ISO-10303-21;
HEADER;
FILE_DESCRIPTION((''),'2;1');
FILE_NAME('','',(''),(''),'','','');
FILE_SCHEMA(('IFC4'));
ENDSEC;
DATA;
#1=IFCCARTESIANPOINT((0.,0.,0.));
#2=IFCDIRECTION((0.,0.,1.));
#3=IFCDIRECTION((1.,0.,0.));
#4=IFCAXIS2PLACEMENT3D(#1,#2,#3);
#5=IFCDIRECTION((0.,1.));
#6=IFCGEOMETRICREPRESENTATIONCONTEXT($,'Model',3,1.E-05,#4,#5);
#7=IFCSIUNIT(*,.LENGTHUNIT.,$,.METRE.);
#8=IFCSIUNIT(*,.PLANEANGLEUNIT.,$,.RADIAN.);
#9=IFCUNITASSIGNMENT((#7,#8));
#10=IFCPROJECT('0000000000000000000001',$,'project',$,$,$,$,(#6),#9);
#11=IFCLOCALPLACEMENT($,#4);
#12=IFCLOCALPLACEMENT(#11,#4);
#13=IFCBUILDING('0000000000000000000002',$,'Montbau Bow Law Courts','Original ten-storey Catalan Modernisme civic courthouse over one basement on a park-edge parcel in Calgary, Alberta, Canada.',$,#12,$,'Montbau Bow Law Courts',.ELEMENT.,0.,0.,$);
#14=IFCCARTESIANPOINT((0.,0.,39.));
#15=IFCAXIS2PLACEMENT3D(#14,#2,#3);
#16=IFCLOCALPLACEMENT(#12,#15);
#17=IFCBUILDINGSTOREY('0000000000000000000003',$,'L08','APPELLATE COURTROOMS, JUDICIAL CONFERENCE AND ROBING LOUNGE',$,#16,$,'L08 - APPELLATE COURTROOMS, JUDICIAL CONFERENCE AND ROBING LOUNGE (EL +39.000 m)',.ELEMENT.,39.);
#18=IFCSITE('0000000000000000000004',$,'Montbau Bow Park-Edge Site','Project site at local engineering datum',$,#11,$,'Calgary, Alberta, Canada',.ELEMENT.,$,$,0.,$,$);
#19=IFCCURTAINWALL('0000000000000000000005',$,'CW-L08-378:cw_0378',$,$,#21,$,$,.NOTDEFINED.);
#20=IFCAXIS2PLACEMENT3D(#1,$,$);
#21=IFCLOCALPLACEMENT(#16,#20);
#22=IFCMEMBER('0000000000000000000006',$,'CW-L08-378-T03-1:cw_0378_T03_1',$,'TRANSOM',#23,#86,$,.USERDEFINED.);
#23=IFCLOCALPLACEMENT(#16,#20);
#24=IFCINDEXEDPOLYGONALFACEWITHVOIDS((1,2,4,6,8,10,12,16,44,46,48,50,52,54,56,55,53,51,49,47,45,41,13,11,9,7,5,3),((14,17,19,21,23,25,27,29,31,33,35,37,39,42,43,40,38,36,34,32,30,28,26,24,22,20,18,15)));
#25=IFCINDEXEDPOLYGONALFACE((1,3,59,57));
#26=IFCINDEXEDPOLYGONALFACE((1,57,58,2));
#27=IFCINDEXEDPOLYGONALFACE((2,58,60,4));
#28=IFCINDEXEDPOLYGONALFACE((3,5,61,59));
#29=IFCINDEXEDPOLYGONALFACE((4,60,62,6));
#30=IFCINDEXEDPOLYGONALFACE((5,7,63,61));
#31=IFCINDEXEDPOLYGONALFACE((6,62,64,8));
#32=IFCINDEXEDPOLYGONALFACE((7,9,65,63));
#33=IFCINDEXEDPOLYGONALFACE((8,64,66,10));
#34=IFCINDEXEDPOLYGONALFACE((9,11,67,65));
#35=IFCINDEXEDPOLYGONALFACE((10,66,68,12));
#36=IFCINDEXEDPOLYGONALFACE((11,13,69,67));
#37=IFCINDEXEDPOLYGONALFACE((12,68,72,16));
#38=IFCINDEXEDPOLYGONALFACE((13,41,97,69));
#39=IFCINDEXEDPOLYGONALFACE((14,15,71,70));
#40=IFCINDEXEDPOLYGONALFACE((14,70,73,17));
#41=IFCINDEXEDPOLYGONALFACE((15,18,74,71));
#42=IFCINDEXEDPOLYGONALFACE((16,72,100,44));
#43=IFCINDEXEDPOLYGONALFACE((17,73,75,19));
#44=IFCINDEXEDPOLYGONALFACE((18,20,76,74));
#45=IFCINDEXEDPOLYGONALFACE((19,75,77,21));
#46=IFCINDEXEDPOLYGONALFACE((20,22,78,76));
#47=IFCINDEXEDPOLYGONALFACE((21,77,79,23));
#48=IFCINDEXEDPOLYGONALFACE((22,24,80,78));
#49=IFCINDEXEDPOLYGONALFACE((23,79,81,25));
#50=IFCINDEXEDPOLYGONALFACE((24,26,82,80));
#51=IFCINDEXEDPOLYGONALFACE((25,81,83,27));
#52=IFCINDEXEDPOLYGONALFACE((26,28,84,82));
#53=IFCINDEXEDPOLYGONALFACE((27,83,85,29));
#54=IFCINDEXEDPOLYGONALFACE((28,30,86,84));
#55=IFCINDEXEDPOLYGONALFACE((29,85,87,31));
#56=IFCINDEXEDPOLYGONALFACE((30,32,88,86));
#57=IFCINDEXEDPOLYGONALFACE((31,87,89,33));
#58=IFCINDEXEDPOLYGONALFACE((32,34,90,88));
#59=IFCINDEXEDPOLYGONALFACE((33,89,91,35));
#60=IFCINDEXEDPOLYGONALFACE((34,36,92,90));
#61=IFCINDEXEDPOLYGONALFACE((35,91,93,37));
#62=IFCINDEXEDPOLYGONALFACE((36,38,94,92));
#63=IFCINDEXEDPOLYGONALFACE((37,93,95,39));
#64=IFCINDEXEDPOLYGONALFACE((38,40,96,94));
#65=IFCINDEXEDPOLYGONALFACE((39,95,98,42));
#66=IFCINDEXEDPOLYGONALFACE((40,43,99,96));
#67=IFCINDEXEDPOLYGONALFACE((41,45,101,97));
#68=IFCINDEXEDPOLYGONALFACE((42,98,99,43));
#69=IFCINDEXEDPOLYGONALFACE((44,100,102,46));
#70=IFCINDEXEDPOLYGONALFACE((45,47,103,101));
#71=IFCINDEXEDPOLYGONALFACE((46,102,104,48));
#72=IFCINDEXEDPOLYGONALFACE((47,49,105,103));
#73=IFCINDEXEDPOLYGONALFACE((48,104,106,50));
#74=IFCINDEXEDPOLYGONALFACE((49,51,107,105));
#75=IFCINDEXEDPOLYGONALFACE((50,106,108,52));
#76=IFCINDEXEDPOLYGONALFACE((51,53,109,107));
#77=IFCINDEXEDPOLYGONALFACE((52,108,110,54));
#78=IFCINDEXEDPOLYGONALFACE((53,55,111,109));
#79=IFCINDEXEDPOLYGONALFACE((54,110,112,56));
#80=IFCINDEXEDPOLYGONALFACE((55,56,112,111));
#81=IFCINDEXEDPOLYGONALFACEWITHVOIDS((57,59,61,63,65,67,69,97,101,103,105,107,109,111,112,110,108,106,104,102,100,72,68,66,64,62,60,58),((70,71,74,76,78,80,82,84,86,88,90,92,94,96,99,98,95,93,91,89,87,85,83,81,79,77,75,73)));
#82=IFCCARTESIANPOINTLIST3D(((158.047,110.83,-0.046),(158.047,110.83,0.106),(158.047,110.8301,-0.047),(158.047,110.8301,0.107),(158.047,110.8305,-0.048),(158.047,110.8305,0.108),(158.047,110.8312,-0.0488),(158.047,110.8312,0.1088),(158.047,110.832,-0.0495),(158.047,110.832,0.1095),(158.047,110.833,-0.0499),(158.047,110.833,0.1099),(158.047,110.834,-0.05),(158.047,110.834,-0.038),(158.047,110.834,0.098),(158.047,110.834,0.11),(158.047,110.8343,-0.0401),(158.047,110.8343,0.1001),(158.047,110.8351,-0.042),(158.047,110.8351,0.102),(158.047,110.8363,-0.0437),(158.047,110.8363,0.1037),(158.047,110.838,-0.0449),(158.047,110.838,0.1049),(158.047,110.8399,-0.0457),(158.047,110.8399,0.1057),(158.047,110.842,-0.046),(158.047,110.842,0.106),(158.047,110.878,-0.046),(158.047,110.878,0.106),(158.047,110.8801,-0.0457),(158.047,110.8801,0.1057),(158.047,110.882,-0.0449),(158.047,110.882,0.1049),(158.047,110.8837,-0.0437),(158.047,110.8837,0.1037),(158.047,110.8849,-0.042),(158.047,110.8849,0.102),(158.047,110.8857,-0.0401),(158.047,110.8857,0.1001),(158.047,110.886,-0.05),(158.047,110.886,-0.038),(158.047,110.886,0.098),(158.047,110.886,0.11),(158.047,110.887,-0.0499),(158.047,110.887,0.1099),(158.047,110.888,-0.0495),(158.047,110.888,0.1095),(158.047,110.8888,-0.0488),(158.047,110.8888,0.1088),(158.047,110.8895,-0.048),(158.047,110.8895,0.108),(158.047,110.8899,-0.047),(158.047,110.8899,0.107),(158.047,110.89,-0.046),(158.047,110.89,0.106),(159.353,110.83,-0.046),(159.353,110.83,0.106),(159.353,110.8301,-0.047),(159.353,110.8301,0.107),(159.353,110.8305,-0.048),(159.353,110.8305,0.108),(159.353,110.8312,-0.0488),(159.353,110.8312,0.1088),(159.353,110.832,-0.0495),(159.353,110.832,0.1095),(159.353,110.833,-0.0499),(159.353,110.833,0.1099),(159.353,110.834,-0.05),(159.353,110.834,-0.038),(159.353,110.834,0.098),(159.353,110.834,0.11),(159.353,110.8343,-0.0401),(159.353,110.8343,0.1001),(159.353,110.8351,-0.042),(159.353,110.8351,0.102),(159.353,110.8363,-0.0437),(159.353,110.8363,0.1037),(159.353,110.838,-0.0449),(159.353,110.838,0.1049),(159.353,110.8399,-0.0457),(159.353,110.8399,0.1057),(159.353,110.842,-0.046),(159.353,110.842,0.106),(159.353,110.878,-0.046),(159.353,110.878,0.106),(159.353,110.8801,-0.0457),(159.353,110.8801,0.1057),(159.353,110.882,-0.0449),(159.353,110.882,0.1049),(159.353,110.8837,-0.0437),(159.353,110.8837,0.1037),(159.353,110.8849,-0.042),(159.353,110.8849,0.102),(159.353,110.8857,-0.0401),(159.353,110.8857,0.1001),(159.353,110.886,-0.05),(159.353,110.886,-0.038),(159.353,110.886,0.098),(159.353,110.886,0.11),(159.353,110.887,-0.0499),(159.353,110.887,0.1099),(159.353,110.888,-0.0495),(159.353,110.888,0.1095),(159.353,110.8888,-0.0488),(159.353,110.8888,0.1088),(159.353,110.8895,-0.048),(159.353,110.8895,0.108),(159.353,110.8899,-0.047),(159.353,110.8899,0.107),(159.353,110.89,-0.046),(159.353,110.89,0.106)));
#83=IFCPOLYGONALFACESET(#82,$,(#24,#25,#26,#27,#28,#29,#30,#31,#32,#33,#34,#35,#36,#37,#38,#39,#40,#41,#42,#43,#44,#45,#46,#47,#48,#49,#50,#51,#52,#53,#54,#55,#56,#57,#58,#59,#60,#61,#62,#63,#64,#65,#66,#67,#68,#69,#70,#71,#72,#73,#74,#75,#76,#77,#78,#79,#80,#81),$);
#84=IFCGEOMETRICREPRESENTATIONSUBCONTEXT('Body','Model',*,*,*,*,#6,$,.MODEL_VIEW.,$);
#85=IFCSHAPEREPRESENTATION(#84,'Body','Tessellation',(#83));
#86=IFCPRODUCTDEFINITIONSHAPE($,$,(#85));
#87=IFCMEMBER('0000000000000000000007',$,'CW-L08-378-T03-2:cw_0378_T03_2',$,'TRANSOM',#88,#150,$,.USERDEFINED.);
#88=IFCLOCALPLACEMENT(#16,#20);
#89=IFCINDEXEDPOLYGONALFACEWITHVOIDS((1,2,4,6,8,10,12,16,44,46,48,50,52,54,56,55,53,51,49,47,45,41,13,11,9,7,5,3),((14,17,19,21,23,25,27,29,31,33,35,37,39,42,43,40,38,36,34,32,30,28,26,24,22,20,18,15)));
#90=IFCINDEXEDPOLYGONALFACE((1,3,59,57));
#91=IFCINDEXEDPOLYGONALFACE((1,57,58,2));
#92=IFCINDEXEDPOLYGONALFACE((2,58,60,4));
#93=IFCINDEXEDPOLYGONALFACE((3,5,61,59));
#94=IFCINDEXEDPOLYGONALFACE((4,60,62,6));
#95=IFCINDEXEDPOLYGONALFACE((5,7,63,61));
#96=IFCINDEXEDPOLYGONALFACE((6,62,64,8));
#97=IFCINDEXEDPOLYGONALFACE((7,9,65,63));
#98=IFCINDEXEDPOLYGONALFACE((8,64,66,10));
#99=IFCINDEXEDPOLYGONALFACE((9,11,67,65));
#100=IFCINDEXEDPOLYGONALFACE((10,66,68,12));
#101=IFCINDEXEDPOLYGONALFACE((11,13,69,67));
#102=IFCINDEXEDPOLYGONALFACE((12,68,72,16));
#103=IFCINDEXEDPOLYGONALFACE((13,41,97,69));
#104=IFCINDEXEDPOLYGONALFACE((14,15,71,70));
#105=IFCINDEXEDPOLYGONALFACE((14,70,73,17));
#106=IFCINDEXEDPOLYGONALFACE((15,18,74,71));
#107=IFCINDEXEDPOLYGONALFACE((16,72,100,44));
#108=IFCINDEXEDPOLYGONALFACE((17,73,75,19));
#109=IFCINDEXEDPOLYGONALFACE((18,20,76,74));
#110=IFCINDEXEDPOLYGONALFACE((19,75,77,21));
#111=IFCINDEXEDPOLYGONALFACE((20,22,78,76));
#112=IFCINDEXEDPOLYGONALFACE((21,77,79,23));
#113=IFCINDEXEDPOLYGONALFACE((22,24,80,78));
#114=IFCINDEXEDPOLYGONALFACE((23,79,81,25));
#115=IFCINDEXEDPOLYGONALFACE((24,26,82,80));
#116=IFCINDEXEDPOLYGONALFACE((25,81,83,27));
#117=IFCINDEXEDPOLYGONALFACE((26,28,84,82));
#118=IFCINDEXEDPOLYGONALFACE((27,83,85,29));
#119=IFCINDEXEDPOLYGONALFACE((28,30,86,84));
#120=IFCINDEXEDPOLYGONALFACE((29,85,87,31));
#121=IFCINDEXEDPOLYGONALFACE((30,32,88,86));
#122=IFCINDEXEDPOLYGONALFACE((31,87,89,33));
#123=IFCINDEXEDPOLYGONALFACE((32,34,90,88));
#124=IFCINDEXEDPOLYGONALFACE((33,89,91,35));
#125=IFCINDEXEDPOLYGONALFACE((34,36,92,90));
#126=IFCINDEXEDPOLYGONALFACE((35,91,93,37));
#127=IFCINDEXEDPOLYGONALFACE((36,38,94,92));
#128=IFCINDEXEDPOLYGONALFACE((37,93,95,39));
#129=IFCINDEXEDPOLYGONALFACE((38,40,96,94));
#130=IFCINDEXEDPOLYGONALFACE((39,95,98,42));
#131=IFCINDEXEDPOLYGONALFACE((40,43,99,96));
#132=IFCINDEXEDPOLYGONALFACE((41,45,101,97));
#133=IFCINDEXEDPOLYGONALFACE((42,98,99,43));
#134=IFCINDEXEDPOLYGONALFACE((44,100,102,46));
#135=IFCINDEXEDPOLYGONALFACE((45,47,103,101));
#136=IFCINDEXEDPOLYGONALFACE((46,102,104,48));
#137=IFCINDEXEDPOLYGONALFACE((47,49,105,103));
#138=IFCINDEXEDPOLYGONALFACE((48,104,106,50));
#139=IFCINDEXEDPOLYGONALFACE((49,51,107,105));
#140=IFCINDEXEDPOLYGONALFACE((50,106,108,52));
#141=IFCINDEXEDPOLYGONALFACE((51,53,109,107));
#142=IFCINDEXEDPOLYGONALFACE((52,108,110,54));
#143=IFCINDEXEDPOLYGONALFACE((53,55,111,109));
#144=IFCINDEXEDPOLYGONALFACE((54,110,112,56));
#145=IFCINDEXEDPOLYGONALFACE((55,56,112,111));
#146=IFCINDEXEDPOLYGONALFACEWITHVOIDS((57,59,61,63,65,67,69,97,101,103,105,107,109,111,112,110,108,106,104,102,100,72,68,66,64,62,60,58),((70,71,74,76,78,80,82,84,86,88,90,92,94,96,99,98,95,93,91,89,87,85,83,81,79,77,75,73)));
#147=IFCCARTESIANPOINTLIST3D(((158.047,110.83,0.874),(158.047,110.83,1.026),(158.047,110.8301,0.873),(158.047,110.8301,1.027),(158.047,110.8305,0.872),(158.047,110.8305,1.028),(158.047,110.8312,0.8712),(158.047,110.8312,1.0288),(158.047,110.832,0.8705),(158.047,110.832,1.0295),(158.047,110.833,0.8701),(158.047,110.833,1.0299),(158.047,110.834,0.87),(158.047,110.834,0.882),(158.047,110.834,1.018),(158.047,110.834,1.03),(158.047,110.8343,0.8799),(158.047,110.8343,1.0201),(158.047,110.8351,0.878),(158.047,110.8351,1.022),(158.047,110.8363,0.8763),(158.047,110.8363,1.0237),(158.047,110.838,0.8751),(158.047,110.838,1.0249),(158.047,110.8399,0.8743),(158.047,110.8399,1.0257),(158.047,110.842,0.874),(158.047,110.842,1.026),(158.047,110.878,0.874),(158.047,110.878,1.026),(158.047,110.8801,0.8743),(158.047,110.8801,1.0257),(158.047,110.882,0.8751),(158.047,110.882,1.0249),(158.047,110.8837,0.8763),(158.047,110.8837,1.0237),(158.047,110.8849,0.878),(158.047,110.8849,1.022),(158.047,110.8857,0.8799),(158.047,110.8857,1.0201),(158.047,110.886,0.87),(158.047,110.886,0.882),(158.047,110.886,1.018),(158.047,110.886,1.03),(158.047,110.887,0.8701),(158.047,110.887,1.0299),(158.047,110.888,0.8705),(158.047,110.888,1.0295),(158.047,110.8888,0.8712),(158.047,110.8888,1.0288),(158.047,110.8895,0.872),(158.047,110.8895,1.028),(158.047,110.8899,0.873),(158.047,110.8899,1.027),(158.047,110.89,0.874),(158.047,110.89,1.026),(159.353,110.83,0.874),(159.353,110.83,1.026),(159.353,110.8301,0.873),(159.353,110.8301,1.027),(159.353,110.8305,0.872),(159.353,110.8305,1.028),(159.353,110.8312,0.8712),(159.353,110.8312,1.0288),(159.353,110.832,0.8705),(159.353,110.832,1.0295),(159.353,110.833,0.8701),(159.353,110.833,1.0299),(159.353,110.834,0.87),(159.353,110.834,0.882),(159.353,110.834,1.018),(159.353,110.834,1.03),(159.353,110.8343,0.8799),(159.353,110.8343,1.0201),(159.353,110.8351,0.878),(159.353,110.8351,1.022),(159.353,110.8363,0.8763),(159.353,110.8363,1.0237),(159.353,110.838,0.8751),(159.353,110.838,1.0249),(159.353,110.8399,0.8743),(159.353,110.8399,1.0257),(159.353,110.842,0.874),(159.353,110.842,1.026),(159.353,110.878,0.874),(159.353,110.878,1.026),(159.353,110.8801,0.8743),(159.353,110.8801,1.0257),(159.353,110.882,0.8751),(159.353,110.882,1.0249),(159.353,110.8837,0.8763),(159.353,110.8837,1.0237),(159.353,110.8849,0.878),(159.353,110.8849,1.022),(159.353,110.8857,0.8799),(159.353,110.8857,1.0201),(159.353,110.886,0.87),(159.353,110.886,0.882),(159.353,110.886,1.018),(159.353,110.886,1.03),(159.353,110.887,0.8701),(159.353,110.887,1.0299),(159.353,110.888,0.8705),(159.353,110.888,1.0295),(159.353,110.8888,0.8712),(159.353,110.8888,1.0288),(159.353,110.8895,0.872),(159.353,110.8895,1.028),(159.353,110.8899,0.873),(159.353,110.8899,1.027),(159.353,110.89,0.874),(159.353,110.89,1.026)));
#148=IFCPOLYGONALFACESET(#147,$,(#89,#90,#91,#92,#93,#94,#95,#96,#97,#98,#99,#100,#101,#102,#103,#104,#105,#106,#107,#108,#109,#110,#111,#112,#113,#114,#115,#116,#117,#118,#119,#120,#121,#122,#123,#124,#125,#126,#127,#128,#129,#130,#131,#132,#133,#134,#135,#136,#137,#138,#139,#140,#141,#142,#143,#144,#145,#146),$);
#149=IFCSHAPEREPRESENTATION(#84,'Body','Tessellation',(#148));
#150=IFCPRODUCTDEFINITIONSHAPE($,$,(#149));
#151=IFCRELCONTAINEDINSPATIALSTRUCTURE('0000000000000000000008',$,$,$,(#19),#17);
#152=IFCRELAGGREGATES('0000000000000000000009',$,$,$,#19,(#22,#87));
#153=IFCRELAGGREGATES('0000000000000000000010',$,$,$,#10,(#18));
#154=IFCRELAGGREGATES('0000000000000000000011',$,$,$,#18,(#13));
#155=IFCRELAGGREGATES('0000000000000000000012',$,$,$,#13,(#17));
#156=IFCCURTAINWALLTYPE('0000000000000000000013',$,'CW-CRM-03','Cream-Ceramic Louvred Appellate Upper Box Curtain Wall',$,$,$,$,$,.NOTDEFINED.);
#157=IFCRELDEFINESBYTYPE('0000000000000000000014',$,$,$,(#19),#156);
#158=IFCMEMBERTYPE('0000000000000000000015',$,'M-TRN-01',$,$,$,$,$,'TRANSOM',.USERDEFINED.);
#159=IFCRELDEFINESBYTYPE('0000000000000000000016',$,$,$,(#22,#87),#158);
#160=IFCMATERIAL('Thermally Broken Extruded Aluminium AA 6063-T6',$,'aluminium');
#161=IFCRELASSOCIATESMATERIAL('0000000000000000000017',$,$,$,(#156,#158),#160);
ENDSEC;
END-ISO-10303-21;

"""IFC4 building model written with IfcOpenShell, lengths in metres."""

from ifc_helpers import new_model, si_unit, direction, frame, origin_with_axes, origin_2d_with_axis, place, context, subcontext, project, spatial, hollow_rectangle, extrude, material, material_profile, profile_set, type_object, element, aggregate, save


model = new_model("IFC4")

# Units and contexts
model_context = context("Model", 3, precision=1e-05, world=origin_with_axes(), true_north=direction((0.0, 1.0)))
body_context = subcontext(model_context, "Body", "Model", "MODEL_VIEW")
ifc_project = project(units=[si_unit("LENGTHUNIT", "METRE"), si_unit("PLANEANGLEUNIT", "RADIAN")], contexts=[model_context])

# Site, building, storey
site_placement = place(None, origin_with_axes())
site = spatial("IfcSite", under=ifc_project, at=site_placement, Name="Montbau Bow Park-Edge Site", Description="Project site at local engineering datum", LongName="Calgary, Alberta, Canada", CompositionType="ELEMENT", RefElevation=0.0)
building_placement = place(site_placement, origin_with_axes())
building = spatial("IfcBuilding", under=site, at=building_placement, Name="Montbau Bow Law Courts", Description="Original ten-storey Catalan Modernisme civic courthouse over one basement on a park-edge parcel in Calgary, Alberta, Canada.", LongName="Montbau Bow Law Courts", CompositionType="ELEMENT", ElevationOfRefHeight=0.0, ElevationOfTerrain=0.0)
storey_placement = place(building_placement, frame((0.0, 0.0, 39.0), z_axis=(0.0, 0.0, 1.0), x_axis=(1.0, 0.0, 0.0)))
storey = spatial("IfcBuildingStorey", under=building, at=storey_placement, Name="L08", Description="APPELLATE COURTROOMS, JUDICIAL CONFERENCE AND ROBING LOUNGE", LongName="L08 - APPELLATE COURTROOMS, JUDICIAL CONFERENCE AND ROBING LOUNGE (EL +39.000 m)", CompositionType="ELEMENT", Elevation=39.0)

# Curtain wall
ifc_material_1 = material(Name="Thermally Broken Extruded Aluminium AA 6063-T6", Category="aluminium")
curtain_wall_type = type_object("IfcCurtainWallType", Name="CW-CRM-03", Description="Cream-Ceramic Louvred Appellate Upper Box Curtain Wall", PredefinedType="NOTDEFINED", material=ifc_material_1)
curtain_wall_1_placement = place(None, frame((155.24, 110.86, 39.0), z_axis=(0.0, 0.0, 1.0), x_axis=(1.0, 0.0, 0.0)))
curtain_wall_1 = element("IfcCurtainWall", 1, at=curtain_wall_1_placement, inside=storey, type_object=curtain_wall_type, Name="CW-L08-378:cw_0378", PredefinedType="NOTDEFINED")

# Members
ifc_material_profile_1 = material_profile(ifc_material_1, hollow_rectangle(XDim=0.06, YDim=0.16, WallThickness=0.004, InnerFilletRadius=0.008, OuterFilletRadius=0.004, at=origin_2d_with_axis()), Name="CWT-160X60", Category="Main", Priority=0)
ifc_profile_set_1 = profile_set([ifc_material_profile_1], Name="Thermally Broken Extruded Aluminium AA 6063-T6")
member_type_1 = type_object("IfcMemberType", Name="M-TRN-01", ElementType="TRANSOM", PredefinedType="USERDEFINED", material=ifc_profile_set_1)
member_1_placement = place(None, frame((158.047, 110.86, 39.03), z_axis=(1.0, 0.0, 0.0), x_axis=(0.0, 1.0, 0.0)))
member_1 = element("IfcMember", 2, at=member_1_placement, type_object=member_type_1, Name="CW-L08-378-T03-1:cw_0378_T03_1", ObjectType="TRANSOM", PredefinedType="USERDEFINED", context=body_context, shape_type="SweptSolid", body=[
    extrude(hollow_rectangle(XDim=0.06, YDim=0.16, WallThickness=0.004, InnerFilletRadius=0.008, OuterFilletRadius=0.004, at=origin_2d_with_axis()), origin_with_axes(), (0.0, 0.0, 1.0), 1.306),
])
member_2_placement = place(None, frame((158.047, 110.86, 39.95), z_axis=(1.0, 0.0, 0.0), x_axis=(0.0, 1.0, 0.0)))
member_2 = element("IfcMember", 3, at=member_2_placement, type_object=member_type_1, Name="CW-L08-378-T03-2:cw_0378_T03_2", ObjectType="TRANSOM", PredefinedType="USERDEFINED", context=body_context, shape_type="SweptSolid", body=[
    extrude(hollow_rectangle(XDim=0.06, YDim=0.16, WallThickness=0.004, InnerFilletRadius=0.008, OuterFilletRadius=0.004, at=origin_2d_with_axis()), origin_with_axes(), (0.0, 0.0, 1.0), 1.306),
])

aggregate(curtain_wall_1, [member_1, member_2])

save(model, "model.ifc")
